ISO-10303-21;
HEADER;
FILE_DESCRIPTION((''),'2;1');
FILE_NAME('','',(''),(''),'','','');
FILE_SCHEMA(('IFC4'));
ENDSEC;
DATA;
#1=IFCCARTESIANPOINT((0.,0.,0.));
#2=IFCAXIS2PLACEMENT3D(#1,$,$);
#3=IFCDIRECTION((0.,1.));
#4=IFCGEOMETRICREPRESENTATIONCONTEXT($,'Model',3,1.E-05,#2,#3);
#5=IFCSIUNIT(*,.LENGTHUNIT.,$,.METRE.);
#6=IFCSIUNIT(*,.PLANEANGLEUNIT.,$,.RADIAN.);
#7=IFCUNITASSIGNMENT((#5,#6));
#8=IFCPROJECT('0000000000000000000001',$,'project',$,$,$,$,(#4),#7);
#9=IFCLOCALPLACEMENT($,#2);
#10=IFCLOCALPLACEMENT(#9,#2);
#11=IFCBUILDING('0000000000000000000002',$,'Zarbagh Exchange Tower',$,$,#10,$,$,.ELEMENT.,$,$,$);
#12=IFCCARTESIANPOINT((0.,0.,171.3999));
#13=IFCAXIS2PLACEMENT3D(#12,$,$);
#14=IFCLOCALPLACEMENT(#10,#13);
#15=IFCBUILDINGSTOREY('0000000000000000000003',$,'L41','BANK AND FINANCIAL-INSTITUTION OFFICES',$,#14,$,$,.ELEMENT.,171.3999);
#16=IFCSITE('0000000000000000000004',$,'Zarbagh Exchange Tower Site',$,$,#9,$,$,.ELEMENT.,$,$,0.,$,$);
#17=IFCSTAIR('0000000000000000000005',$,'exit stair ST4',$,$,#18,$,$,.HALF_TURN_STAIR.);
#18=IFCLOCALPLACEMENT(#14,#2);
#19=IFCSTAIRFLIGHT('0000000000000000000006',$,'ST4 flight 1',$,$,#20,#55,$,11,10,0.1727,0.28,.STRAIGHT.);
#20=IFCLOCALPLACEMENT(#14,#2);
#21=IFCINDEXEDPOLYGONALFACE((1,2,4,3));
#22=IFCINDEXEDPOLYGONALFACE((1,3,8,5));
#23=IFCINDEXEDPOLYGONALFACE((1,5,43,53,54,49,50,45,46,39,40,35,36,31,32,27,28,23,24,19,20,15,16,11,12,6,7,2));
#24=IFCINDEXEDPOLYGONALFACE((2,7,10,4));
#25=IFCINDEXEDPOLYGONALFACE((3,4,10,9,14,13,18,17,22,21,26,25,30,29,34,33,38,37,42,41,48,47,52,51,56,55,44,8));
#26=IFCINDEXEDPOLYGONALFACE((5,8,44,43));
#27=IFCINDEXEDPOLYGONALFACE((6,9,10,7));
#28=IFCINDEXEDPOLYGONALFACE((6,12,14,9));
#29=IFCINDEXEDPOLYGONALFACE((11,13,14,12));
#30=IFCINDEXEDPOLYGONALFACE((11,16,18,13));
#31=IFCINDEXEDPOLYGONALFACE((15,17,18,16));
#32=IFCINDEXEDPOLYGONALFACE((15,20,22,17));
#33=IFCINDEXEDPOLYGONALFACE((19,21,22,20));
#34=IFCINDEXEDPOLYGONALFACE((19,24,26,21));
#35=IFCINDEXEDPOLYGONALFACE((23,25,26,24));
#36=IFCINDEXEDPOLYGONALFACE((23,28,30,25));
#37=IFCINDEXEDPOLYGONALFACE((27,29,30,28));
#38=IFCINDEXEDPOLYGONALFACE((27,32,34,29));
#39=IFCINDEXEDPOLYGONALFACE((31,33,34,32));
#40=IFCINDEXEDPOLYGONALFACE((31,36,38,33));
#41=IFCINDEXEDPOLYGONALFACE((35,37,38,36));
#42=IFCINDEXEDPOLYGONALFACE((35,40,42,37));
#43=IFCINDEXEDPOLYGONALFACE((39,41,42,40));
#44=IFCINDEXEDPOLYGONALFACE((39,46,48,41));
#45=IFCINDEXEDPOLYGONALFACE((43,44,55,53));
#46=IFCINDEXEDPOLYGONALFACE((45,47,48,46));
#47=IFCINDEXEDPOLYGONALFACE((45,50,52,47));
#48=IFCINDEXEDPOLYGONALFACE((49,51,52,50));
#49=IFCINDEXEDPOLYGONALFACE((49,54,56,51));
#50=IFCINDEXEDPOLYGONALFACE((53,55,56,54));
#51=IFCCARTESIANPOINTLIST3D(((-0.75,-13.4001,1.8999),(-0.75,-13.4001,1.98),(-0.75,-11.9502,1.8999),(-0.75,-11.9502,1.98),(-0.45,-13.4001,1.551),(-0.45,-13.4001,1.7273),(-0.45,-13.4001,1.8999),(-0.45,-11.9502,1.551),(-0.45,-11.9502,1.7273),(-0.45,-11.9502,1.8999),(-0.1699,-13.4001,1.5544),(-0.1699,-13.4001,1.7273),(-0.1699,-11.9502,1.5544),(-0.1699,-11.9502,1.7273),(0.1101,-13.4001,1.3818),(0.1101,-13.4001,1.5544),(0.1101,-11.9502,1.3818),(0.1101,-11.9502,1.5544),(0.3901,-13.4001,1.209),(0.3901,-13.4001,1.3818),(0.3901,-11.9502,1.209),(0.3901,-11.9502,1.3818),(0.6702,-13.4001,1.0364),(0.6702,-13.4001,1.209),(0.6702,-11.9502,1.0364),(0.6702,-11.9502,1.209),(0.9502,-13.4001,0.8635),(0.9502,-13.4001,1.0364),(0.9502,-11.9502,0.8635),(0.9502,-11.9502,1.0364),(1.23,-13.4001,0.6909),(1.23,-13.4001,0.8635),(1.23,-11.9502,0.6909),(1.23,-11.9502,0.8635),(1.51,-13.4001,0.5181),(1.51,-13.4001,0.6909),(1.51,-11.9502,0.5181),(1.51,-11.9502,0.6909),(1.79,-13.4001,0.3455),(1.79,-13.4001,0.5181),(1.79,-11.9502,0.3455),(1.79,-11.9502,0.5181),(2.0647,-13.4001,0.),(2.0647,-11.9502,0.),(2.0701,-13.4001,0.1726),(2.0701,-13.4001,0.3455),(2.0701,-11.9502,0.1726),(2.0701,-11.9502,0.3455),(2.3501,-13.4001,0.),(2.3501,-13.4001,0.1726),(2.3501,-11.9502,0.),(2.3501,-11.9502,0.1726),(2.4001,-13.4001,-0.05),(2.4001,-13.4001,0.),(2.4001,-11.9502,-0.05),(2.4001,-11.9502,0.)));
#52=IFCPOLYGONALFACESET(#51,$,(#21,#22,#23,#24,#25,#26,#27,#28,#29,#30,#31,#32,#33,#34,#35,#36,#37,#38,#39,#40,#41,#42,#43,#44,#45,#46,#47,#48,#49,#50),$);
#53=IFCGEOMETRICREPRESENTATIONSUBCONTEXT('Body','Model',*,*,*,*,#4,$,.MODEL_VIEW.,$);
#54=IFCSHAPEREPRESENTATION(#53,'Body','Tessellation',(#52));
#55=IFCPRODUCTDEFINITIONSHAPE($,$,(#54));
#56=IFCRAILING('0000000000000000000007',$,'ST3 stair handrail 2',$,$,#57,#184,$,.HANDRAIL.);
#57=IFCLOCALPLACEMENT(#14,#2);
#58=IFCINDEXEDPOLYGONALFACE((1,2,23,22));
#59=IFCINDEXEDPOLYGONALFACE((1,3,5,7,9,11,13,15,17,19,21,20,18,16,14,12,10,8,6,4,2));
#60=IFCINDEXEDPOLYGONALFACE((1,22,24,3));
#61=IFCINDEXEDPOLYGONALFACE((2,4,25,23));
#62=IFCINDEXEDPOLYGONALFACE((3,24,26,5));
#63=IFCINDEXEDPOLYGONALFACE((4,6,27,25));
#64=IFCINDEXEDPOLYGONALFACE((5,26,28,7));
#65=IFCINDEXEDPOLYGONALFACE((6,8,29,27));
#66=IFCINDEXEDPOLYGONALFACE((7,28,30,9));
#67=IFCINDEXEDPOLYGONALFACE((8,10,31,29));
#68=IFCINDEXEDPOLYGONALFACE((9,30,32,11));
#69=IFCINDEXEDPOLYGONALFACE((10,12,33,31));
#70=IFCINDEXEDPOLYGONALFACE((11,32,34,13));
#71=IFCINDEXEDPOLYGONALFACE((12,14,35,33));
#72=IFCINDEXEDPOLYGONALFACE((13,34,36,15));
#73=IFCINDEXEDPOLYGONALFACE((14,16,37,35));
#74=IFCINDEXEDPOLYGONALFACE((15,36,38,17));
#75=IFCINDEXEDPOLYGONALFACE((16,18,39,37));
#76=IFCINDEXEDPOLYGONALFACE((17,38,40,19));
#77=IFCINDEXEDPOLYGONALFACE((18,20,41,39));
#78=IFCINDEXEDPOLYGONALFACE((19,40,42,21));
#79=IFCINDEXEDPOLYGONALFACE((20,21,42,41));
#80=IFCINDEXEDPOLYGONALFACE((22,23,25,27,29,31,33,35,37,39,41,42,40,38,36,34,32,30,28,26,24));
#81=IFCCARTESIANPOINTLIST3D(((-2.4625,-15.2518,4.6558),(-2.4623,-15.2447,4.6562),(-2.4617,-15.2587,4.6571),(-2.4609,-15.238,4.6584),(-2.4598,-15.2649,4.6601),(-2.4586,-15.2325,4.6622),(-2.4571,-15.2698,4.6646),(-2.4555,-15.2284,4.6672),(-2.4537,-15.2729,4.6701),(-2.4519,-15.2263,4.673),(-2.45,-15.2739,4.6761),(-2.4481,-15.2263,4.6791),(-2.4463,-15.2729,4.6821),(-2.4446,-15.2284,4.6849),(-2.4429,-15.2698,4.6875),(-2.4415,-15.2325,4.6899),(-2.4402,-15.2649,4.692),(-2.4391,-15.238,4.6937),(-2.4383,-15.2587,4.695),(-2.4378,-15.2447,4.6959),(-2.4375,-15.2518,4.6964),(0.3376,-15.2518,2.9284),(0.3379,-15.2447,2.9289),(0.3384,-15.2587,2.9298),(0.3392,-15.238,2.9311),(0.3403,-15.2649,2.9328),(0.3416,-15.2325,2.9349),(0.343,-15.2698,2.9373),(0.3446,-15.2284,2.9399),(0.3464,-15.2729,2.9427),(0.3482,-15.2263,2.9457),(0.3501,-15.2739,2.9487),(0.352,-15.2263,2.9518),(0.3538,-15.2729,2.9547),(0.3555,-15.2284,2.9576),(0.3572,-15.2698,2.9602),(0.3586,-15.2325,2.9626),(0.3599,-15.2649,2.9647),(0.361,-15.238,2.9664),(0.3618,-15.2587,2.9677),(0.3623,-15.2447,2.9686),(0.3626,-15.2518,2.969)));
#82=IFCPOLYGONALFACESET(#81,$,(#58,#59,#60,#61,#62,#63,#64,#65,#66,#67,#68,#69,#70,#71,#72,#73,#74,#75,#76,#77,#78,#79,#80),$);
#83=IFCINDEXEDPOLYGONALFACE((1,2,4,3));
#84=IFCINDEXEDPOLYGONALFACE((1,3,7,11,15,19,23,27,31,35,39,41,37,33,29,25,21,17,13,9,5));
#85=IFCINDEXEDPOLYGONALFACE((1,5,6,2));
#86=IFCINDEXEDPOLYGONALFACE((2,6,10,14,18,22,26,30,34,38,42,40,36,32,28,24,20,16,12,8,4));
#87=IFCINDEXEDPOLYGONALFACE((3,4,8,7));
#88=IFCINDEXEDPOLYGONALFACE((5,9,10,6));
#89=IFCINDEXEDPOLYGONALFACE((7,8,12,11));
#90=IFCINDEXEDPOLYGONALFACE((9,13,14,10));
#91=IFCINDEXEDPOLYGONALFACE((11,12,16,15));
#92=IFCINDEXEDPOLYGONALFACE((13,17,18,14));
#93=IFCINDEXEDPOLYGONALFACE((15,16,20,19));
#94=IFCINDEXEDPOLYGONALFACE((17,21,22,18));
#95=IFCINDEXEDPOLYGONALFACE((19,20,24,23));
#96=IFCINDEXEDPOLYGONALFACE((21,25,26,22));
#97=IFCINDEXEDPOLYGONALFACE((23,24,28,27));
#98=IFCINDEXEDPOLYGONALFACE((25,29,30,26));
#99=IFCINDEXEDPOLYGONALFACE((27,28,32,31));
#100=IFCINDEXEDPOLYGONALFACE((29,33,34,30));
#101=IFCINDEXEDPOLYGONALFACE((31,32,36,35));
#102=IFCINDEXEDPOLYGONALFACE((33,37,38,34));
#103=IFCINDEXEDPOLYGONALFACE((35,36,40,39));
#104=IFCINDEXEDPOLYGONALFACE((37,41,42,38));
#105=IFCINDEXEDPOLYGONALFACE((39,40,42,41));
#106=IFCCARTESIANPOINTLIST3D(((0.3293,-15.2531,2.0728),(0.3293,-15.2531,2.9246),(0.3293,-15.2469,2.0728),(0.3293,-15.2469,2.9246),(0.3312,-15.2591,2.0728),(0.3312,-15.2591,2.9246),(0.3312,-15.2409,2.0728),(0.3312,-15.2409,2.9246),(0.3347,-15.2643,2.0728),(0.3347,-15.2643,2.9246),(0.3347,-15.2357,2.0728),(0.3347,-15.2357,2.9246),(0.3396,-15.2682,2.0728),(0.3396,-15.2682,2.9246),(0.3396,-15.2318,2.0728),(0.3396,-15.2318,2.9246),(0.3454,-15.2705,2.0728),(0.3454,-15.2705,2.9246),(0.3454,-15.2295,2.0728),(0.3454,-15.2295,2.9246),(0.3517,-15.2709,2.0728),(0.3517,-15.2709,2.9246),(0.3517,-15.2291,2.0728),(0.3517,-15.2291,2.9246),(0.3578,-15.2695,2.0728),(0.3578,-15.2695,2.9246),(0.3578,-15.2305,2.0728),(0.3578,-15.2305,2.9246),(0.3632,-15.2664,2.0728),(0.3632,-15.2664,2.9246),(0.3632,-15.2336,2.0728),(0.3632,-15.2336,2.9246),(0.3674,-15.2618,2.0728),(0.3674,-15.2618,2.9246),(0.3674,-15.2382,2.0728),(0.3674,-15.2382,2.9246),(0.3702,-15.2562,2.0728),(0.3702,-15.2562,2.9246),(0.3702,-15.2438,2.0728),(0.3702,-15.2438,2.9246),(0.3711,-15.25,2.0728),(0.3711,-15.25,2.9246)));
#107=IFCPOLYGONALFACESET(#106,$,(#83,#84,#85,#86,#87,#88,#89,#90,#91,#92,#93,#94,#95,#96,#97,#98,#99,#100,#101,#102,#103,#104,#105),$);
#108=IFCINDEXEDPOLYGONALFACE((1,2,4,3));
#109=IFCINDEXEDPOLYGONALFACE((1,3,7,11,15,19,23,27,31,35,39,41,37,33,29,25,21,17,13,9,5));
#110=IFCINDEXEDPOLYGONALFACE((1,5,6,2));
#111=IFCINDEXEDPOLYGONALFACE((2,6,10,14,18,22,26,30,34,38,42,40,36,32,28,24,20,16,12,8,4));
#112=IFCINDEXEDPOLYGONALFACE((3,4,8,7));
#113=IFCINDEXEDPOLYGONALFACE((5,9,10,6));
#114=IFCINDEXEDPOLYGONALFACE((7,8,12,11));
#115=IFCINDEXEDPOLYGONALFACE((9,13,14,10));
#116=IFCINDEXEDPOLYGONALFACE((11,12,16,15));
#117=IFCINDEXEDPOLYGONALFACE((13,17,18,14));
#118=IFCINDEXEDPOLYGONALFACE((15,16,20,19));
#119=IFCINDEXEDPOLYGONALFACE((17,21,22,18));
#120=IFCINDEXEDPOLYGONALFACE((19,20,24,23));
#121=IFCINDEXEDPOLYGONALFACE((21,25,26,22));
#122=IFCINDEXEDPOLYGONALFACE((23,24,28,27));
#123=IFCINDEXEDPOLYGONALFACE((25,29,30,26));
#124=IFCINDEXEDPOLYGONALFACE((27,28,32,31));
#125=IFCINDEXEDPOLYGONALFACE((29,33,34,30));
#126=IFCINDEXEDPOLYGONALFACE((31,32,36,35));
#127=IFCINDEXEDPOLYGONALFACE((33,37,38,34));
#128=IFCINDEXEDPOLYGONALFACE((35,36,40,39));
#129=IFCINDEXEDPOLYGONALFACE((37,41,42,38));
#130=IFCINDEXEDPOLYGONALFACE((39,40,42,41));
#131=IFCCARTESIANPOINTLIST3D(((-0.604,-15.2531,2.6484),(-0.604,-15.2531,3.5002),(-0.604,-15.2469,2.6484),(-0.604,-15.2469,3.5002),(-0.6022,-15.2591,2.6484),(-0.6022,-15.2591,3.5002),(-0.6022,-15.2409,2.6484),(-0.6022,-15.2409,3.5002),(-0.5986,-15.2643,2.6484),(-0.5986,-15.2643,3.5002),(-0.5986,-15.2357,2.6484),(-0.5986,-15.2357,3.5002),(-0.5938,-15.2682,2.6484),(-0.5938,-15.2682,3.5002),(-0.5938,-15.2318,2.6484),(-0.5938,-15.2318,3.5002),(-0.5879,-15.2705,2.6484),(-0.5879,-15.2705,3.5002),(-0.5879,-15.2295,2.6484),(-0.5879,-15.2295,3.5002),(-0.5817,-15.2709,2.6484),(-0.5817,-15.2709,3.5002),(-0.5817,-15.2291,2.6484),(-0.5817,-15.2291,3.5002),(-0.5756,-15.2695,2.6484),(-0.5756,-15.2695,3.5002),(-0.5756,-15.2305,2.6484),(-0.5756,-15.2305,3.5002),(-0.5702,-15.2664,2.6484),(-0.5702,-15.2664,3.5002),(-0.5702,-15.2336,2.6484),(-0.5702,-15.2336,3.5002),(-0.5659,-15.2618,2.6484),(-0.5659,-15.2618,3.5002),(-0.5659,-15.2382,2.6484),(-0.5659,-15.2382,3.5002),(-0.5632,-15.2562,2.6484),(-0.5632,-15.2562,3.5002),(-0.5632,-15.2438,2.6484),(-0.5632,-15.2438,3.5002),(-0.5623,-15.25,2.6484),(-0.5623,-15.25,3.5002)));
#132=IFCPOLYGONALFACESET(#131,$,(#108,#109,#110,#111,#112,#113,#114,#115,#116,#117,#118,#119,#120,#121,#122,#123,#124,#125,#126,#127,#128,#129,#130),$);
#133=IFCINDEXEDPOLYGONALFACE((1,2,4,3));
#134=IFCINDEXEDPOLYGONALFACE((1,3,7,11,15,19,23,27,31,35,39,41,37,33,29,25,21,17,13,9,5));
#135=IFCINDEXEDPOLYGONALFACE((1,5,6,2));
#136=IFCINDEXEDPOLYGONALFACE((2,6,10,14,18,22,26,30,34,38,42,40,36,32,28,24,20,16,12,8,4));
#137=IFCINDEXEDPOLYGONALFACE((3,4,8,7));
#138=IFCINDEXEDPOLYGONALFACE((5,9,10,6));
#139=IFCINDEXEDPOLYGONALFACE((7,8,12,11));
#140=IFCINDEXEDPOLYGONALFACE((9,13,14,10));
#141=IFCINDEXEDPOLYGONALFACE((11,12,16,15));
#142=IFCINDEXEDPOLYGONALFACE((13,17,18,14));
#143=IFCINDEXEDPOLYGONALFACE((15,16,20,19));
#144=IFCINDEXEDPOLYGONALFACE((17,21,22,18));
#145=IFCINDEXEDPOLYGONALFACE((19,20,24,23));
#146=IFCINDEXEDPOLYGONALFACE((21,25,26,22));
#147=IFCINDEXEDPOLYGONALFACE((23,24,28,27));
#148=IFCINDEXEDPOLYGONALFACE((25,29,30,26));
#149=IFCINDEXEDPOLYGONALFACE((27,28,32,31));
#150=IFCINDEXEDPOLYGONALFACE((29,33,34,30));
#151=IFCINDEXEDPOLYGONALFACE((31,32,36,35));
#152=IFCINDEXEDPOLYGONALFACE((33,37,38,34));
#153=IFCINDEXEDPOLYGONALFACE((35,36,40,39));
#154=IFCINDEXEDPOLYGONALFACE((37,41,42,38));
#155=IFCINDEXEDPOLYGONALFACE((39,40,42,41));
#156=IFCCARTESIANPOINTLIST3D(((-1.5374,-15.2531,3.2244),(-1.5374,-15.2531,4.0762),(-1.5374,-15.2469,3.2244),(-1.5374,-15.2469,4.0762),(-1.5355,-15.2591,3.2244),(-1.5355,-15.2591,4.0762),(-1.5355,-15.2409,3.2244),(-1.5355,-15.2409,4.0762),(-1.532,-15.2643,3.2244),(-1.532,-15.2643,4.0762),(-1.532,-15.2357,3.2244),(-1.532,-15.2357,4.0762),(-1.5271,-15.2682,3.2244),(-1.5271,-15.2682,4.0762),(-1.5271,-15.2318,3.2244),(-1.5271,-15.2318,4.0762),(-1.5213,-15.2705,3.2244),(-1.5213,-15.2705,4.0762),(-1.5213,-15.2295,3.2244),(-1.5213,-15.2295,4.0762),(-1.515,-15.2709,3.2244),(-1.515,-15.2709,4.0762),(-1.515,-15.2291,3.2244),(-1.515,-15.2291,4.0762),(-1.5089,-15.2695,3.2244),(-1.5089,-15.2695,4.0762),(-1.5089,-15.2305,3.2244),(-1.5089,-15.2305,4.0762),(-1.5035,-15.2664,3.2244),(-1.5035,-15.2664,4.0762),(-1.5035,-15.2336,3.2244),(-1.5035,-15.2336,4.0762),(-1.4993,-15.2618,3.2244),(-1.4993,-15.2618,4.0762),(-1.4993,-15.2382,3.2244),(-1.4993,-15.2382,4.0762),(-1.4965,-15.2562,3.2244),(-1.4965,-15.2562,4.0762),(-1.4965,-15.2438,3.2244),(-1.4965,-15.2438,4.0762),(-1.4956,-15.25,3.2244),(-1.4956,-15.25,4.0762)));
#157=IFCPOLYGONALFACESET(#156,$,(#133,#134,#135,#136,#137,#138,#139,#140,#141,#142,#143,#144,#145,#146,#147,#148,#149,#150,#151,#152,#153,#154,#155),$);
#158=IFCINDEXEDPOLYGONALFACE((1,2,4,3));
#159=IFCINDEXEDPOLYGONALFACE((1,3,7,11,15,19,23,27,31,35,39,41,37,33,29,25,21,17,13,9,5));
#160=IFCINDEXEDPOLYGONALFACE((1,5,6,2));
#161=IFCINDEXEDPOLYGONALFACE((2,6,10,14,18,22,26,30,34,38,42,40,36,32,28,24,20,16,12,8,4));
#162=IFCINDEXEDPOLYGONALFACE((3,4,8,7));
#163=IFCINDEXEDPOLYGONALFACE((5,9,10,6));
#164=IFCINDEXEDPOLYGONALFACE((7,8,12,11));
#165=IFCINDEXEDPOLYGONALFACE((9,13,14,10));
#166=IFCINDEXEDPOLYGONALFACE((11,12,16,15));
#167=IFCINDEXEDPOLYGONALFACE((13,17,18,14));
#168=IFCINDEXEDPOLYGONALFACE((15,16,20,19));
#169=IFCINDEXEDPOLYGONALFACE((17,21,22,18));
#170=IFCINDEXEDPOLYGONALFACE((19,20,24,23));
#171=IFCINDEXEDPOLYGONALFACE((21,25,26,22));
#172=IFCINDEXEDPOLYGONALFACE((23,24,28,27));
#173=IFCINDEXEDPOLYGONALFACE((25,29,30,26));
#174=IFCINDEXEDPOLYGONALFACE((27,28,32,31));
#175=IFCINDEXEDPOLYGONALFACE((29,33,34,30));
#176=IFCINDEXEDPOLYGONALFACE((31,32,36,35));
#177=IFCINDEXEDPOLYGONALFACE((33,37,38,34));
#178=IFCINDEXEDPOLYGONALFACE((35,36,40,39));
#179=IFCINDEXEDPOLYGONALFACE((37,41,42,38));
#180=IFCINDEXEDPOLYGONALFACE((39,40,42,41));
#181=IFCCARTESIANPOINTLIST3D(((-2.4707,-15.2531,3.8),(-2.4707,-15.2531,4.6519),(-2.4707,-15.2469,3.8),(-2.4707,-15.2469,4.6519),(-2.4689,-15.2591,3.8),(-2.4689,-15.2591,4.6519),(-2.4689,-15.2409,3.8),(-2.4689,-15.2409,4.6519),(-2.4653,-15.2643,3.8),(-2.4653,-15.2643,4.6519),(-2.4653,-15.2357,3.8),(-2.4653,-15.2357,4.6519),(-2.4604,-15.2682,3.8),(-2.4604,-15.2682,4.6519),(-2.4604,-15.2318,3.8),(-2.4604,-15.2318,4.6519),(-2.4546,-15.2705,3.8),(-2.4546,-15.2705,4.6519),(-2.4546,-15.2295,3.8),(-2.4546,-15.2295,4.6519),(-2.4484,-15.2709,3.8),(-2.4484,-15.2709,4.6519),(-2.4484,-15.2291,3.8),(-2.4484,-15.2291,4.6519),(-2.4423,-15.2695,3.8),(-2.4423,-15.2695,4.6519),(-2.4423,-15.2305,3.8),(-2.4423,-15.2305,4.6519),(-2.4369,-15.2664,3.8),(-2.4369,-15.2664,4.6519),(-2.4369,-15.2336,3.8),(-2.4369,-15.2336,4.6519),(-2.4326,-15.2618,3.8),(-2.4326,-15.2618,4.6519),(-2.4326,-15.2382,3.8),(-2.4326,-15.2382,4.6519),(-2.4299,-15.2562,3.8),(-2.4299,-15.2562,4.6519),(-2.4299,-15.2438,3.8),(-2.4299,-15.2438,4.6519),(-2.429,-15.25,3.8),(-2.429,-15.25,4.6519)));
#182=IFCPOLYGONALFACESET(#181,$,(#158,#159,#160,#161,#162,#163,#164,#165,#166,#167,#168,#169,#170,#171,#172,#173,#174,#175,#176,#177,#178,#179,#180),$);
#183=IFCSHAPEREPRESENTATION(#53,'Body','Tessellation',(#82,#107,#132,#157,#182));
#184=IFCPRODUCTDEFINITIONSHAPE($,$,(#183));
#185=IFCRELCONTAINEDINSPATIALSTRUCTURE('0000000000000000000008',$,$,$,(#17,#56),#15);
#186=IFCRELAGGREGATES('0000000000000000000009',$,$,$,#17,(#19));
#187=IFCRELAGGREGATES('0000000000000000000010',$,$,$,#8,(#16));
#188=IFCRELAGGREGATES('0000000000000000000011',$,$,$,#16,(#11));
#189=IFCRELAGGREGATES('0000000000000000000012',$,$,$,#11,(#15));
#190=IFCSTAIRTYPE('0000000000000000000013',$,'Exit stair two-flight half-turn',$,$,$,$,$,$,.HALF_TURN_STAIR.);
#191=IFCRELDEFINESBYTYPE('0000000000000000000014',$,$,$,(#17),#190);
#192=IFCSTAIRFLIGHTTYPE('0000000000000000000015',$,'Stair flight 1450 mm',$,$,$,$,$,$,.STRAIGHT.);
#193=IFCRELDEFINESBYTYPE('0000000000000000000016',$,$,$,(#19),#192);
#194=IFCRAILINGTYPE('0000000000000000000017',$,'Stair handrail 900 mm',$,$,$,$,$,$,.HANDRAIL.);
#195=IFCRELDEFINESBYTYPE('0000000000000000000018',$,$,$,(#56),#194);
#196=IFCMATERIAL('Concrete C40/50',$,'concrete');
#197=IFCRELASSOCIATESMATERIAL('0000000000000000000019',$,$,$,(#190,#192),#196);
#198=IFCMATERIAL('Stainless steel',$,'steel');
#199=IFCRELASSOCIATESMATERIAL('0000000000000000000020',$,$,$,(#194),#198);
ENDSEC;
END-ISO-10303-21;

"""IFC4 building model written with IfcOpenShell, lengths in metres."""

from ifc_helpers import new_model, si_unit, direction, frame, origin, origin_2d, place, context, subcontext, project, spatial, polyline, circle, outline, extrude, material, type_object, element, aggregate, save


model = new_model("IFC4")

# Units and contexts
model_context = context("Model", 3, precision=1e-05, world=origin(), true_north=direction((0.0, 1.0)))
body_context = subcontext(model_context, "Body", "Model", "MODEL_VIEW")
ifc_project = project(units=[si_unit("LENGTHUNIT", "METRE"), si_unit("PLANEANGLEUNIT", "RADIAN")], contexts=[model_context])

# Site, building, storey
site_placement = place(None, origin())
site = spatial("IfcSite", under=ifc_project, at=site_placement, Name="Zarbagh Exchange Tower Site", CompositionType="ELEMENT", RefElevation=0.0)
building_placement = place(site_placement, origin())
building = spatial("IfcBuilding", under=site, at=building_placement, Name="Zarbagh Exchange Tower", CompositionType="ELEMENT")
storey_placement = place(building_placement, frame((0.0, 0.0, 171.3999)))
storey = spatial("IfcBuildingStorey", under=building, at=storey_placement, Name="L41", Description="BANK AND FINANCIAL-INSTITUTION OFFICES", CompositionType="ELEMENT", Elevation=171.3999)

# Shared definitions
ifc_material_1 = material(Name="Stainless steel", Category="steel")

# Shared definitions
ifc_material_2 = material(Name="Concrete C40/50", Category="concrete")

# Stair, stair flight
stair_type = type_object("IfcStairType", Name="Exit stair two-flight half-turn", PredefinedType="HALF_TURN_STAIR", material=ifc_material_2)
stair_1_placement = place(storey_placement, origin())
stair_1 = element("IfcStair", 1, at=stair_1_placement, inside=storey, type_object=stair_type, Name="exit stair ST4", PredefinedType="HALF_TURN_STAIR")
stair_flight_type_1 = type_object("IfcStairFlightType", Name="Stair flight 1450 mm", PredefinedType="STRAIGHT", material=ifc_material_2)
stair_flight_1_placement = place(storey_placement, frame((2.3501, -12.675, 0.0), z_axis=(0.0, 0.0, 1.0), x_axis=(-1.0, 0.0, 0.0)))
stair_flight_1 = element("IfcStairFlight", 2, at=stair_flight_1_placement, type_object=stair_flight_type_1, Name="ST4 flight 1", NumberOfRisers=11, NumberOfTreads=10, PredefinedType="STRAIGHT", RiserHeight=0.1727, TreadLength=0.28, context=body_context, shape_type="SweptSolid", body=[
    extrude(outline(polyline([(-0.05, -0.05), (-0.05, 0.0), (0.0, 0.0), (0.0, 0.1726), (0.28, 0.1726), (0.28, 0.3455), (0.5601, 0.3455), (0.5601, 0.5181), (0.8401, 0.5181), (0.8401, 0.6909), (1.1201, 0.6909), (1.1201, 0.8635), (1.3999, 0.8635), (1.3999, 1.0364), (1.6799, 1.0364), (1.6799, 1.209), (1.96, 1.209), (1.96, 1.3818), (2.24, 1.3818), (2.24, 1.5544), (2.52, 1.5544), (2.52, 1.7273), (2.8, 1.7273), (2.8, 1.8999), (3.1001, 1.98), (3.1001, 1.8999), (2.8, 1.551), (0.2854, 0.0), (-0.05, -0.05)])), frame((0.0, 0.7251, 0.0), z_axis=(0.0, -1.0, 0.0), x_axis=(1.0, 0.0, 0.0)), (0.0, 0.0, 1.0), 1.45),
])
aggregate(stair_1, [stair_flight_1])

# Railing
railing_type_1 = type_object("IfcRailingType", Name="Stair handrail 900 mm", PredefinedType="HANDRAIL", material=ifc_material_1)
for number, where, name in (
    (3, (0.3501, -15.25, 2.0728), "ST3 stair handrail 2"),
):
    element("IfcRailing", number, at=place(storey_placement, frame(where)), inside=storey, type_object=railing_type_1, Name=name, PredefinedType="HANDRAIL", context=body_context, shape_type="SweptSolid", body=[
        extrude(circle(Radius=0.0239, at=origin_2d()), frame((0.0, 0.0, 0.876), z_axis=(-0.85109, 0.0, 0.52502), x_axis=(0.0, -1.0, 0.0)), (0.0, 0.0, 1.0), 3.29),
        extrude(circle(Radius=0.021, at=origin_2d()), origin(), (0.0, 0.0, 1.0), 0.8518),
        extrude(circle(Radius=0.021, at=origin_2d()), frame((-0.9333, 0.0, 0.5757)), (0.0, 0.0, 1.0), 0.8518),
        extrude(circle(Radius=0.021, at=origin_2d()), frame((-1.8667, 0.0, 1.1516)), (0.0, 0.0, 1.0), 0.8518),
        extrude(circle(Radius=0.021, at=origin_2d()), frame((-2.8, 0.0, 1.7273)), (0.0, 0.0, 1.0), 0.8518),
    ])

save(model, "model.ifc")
